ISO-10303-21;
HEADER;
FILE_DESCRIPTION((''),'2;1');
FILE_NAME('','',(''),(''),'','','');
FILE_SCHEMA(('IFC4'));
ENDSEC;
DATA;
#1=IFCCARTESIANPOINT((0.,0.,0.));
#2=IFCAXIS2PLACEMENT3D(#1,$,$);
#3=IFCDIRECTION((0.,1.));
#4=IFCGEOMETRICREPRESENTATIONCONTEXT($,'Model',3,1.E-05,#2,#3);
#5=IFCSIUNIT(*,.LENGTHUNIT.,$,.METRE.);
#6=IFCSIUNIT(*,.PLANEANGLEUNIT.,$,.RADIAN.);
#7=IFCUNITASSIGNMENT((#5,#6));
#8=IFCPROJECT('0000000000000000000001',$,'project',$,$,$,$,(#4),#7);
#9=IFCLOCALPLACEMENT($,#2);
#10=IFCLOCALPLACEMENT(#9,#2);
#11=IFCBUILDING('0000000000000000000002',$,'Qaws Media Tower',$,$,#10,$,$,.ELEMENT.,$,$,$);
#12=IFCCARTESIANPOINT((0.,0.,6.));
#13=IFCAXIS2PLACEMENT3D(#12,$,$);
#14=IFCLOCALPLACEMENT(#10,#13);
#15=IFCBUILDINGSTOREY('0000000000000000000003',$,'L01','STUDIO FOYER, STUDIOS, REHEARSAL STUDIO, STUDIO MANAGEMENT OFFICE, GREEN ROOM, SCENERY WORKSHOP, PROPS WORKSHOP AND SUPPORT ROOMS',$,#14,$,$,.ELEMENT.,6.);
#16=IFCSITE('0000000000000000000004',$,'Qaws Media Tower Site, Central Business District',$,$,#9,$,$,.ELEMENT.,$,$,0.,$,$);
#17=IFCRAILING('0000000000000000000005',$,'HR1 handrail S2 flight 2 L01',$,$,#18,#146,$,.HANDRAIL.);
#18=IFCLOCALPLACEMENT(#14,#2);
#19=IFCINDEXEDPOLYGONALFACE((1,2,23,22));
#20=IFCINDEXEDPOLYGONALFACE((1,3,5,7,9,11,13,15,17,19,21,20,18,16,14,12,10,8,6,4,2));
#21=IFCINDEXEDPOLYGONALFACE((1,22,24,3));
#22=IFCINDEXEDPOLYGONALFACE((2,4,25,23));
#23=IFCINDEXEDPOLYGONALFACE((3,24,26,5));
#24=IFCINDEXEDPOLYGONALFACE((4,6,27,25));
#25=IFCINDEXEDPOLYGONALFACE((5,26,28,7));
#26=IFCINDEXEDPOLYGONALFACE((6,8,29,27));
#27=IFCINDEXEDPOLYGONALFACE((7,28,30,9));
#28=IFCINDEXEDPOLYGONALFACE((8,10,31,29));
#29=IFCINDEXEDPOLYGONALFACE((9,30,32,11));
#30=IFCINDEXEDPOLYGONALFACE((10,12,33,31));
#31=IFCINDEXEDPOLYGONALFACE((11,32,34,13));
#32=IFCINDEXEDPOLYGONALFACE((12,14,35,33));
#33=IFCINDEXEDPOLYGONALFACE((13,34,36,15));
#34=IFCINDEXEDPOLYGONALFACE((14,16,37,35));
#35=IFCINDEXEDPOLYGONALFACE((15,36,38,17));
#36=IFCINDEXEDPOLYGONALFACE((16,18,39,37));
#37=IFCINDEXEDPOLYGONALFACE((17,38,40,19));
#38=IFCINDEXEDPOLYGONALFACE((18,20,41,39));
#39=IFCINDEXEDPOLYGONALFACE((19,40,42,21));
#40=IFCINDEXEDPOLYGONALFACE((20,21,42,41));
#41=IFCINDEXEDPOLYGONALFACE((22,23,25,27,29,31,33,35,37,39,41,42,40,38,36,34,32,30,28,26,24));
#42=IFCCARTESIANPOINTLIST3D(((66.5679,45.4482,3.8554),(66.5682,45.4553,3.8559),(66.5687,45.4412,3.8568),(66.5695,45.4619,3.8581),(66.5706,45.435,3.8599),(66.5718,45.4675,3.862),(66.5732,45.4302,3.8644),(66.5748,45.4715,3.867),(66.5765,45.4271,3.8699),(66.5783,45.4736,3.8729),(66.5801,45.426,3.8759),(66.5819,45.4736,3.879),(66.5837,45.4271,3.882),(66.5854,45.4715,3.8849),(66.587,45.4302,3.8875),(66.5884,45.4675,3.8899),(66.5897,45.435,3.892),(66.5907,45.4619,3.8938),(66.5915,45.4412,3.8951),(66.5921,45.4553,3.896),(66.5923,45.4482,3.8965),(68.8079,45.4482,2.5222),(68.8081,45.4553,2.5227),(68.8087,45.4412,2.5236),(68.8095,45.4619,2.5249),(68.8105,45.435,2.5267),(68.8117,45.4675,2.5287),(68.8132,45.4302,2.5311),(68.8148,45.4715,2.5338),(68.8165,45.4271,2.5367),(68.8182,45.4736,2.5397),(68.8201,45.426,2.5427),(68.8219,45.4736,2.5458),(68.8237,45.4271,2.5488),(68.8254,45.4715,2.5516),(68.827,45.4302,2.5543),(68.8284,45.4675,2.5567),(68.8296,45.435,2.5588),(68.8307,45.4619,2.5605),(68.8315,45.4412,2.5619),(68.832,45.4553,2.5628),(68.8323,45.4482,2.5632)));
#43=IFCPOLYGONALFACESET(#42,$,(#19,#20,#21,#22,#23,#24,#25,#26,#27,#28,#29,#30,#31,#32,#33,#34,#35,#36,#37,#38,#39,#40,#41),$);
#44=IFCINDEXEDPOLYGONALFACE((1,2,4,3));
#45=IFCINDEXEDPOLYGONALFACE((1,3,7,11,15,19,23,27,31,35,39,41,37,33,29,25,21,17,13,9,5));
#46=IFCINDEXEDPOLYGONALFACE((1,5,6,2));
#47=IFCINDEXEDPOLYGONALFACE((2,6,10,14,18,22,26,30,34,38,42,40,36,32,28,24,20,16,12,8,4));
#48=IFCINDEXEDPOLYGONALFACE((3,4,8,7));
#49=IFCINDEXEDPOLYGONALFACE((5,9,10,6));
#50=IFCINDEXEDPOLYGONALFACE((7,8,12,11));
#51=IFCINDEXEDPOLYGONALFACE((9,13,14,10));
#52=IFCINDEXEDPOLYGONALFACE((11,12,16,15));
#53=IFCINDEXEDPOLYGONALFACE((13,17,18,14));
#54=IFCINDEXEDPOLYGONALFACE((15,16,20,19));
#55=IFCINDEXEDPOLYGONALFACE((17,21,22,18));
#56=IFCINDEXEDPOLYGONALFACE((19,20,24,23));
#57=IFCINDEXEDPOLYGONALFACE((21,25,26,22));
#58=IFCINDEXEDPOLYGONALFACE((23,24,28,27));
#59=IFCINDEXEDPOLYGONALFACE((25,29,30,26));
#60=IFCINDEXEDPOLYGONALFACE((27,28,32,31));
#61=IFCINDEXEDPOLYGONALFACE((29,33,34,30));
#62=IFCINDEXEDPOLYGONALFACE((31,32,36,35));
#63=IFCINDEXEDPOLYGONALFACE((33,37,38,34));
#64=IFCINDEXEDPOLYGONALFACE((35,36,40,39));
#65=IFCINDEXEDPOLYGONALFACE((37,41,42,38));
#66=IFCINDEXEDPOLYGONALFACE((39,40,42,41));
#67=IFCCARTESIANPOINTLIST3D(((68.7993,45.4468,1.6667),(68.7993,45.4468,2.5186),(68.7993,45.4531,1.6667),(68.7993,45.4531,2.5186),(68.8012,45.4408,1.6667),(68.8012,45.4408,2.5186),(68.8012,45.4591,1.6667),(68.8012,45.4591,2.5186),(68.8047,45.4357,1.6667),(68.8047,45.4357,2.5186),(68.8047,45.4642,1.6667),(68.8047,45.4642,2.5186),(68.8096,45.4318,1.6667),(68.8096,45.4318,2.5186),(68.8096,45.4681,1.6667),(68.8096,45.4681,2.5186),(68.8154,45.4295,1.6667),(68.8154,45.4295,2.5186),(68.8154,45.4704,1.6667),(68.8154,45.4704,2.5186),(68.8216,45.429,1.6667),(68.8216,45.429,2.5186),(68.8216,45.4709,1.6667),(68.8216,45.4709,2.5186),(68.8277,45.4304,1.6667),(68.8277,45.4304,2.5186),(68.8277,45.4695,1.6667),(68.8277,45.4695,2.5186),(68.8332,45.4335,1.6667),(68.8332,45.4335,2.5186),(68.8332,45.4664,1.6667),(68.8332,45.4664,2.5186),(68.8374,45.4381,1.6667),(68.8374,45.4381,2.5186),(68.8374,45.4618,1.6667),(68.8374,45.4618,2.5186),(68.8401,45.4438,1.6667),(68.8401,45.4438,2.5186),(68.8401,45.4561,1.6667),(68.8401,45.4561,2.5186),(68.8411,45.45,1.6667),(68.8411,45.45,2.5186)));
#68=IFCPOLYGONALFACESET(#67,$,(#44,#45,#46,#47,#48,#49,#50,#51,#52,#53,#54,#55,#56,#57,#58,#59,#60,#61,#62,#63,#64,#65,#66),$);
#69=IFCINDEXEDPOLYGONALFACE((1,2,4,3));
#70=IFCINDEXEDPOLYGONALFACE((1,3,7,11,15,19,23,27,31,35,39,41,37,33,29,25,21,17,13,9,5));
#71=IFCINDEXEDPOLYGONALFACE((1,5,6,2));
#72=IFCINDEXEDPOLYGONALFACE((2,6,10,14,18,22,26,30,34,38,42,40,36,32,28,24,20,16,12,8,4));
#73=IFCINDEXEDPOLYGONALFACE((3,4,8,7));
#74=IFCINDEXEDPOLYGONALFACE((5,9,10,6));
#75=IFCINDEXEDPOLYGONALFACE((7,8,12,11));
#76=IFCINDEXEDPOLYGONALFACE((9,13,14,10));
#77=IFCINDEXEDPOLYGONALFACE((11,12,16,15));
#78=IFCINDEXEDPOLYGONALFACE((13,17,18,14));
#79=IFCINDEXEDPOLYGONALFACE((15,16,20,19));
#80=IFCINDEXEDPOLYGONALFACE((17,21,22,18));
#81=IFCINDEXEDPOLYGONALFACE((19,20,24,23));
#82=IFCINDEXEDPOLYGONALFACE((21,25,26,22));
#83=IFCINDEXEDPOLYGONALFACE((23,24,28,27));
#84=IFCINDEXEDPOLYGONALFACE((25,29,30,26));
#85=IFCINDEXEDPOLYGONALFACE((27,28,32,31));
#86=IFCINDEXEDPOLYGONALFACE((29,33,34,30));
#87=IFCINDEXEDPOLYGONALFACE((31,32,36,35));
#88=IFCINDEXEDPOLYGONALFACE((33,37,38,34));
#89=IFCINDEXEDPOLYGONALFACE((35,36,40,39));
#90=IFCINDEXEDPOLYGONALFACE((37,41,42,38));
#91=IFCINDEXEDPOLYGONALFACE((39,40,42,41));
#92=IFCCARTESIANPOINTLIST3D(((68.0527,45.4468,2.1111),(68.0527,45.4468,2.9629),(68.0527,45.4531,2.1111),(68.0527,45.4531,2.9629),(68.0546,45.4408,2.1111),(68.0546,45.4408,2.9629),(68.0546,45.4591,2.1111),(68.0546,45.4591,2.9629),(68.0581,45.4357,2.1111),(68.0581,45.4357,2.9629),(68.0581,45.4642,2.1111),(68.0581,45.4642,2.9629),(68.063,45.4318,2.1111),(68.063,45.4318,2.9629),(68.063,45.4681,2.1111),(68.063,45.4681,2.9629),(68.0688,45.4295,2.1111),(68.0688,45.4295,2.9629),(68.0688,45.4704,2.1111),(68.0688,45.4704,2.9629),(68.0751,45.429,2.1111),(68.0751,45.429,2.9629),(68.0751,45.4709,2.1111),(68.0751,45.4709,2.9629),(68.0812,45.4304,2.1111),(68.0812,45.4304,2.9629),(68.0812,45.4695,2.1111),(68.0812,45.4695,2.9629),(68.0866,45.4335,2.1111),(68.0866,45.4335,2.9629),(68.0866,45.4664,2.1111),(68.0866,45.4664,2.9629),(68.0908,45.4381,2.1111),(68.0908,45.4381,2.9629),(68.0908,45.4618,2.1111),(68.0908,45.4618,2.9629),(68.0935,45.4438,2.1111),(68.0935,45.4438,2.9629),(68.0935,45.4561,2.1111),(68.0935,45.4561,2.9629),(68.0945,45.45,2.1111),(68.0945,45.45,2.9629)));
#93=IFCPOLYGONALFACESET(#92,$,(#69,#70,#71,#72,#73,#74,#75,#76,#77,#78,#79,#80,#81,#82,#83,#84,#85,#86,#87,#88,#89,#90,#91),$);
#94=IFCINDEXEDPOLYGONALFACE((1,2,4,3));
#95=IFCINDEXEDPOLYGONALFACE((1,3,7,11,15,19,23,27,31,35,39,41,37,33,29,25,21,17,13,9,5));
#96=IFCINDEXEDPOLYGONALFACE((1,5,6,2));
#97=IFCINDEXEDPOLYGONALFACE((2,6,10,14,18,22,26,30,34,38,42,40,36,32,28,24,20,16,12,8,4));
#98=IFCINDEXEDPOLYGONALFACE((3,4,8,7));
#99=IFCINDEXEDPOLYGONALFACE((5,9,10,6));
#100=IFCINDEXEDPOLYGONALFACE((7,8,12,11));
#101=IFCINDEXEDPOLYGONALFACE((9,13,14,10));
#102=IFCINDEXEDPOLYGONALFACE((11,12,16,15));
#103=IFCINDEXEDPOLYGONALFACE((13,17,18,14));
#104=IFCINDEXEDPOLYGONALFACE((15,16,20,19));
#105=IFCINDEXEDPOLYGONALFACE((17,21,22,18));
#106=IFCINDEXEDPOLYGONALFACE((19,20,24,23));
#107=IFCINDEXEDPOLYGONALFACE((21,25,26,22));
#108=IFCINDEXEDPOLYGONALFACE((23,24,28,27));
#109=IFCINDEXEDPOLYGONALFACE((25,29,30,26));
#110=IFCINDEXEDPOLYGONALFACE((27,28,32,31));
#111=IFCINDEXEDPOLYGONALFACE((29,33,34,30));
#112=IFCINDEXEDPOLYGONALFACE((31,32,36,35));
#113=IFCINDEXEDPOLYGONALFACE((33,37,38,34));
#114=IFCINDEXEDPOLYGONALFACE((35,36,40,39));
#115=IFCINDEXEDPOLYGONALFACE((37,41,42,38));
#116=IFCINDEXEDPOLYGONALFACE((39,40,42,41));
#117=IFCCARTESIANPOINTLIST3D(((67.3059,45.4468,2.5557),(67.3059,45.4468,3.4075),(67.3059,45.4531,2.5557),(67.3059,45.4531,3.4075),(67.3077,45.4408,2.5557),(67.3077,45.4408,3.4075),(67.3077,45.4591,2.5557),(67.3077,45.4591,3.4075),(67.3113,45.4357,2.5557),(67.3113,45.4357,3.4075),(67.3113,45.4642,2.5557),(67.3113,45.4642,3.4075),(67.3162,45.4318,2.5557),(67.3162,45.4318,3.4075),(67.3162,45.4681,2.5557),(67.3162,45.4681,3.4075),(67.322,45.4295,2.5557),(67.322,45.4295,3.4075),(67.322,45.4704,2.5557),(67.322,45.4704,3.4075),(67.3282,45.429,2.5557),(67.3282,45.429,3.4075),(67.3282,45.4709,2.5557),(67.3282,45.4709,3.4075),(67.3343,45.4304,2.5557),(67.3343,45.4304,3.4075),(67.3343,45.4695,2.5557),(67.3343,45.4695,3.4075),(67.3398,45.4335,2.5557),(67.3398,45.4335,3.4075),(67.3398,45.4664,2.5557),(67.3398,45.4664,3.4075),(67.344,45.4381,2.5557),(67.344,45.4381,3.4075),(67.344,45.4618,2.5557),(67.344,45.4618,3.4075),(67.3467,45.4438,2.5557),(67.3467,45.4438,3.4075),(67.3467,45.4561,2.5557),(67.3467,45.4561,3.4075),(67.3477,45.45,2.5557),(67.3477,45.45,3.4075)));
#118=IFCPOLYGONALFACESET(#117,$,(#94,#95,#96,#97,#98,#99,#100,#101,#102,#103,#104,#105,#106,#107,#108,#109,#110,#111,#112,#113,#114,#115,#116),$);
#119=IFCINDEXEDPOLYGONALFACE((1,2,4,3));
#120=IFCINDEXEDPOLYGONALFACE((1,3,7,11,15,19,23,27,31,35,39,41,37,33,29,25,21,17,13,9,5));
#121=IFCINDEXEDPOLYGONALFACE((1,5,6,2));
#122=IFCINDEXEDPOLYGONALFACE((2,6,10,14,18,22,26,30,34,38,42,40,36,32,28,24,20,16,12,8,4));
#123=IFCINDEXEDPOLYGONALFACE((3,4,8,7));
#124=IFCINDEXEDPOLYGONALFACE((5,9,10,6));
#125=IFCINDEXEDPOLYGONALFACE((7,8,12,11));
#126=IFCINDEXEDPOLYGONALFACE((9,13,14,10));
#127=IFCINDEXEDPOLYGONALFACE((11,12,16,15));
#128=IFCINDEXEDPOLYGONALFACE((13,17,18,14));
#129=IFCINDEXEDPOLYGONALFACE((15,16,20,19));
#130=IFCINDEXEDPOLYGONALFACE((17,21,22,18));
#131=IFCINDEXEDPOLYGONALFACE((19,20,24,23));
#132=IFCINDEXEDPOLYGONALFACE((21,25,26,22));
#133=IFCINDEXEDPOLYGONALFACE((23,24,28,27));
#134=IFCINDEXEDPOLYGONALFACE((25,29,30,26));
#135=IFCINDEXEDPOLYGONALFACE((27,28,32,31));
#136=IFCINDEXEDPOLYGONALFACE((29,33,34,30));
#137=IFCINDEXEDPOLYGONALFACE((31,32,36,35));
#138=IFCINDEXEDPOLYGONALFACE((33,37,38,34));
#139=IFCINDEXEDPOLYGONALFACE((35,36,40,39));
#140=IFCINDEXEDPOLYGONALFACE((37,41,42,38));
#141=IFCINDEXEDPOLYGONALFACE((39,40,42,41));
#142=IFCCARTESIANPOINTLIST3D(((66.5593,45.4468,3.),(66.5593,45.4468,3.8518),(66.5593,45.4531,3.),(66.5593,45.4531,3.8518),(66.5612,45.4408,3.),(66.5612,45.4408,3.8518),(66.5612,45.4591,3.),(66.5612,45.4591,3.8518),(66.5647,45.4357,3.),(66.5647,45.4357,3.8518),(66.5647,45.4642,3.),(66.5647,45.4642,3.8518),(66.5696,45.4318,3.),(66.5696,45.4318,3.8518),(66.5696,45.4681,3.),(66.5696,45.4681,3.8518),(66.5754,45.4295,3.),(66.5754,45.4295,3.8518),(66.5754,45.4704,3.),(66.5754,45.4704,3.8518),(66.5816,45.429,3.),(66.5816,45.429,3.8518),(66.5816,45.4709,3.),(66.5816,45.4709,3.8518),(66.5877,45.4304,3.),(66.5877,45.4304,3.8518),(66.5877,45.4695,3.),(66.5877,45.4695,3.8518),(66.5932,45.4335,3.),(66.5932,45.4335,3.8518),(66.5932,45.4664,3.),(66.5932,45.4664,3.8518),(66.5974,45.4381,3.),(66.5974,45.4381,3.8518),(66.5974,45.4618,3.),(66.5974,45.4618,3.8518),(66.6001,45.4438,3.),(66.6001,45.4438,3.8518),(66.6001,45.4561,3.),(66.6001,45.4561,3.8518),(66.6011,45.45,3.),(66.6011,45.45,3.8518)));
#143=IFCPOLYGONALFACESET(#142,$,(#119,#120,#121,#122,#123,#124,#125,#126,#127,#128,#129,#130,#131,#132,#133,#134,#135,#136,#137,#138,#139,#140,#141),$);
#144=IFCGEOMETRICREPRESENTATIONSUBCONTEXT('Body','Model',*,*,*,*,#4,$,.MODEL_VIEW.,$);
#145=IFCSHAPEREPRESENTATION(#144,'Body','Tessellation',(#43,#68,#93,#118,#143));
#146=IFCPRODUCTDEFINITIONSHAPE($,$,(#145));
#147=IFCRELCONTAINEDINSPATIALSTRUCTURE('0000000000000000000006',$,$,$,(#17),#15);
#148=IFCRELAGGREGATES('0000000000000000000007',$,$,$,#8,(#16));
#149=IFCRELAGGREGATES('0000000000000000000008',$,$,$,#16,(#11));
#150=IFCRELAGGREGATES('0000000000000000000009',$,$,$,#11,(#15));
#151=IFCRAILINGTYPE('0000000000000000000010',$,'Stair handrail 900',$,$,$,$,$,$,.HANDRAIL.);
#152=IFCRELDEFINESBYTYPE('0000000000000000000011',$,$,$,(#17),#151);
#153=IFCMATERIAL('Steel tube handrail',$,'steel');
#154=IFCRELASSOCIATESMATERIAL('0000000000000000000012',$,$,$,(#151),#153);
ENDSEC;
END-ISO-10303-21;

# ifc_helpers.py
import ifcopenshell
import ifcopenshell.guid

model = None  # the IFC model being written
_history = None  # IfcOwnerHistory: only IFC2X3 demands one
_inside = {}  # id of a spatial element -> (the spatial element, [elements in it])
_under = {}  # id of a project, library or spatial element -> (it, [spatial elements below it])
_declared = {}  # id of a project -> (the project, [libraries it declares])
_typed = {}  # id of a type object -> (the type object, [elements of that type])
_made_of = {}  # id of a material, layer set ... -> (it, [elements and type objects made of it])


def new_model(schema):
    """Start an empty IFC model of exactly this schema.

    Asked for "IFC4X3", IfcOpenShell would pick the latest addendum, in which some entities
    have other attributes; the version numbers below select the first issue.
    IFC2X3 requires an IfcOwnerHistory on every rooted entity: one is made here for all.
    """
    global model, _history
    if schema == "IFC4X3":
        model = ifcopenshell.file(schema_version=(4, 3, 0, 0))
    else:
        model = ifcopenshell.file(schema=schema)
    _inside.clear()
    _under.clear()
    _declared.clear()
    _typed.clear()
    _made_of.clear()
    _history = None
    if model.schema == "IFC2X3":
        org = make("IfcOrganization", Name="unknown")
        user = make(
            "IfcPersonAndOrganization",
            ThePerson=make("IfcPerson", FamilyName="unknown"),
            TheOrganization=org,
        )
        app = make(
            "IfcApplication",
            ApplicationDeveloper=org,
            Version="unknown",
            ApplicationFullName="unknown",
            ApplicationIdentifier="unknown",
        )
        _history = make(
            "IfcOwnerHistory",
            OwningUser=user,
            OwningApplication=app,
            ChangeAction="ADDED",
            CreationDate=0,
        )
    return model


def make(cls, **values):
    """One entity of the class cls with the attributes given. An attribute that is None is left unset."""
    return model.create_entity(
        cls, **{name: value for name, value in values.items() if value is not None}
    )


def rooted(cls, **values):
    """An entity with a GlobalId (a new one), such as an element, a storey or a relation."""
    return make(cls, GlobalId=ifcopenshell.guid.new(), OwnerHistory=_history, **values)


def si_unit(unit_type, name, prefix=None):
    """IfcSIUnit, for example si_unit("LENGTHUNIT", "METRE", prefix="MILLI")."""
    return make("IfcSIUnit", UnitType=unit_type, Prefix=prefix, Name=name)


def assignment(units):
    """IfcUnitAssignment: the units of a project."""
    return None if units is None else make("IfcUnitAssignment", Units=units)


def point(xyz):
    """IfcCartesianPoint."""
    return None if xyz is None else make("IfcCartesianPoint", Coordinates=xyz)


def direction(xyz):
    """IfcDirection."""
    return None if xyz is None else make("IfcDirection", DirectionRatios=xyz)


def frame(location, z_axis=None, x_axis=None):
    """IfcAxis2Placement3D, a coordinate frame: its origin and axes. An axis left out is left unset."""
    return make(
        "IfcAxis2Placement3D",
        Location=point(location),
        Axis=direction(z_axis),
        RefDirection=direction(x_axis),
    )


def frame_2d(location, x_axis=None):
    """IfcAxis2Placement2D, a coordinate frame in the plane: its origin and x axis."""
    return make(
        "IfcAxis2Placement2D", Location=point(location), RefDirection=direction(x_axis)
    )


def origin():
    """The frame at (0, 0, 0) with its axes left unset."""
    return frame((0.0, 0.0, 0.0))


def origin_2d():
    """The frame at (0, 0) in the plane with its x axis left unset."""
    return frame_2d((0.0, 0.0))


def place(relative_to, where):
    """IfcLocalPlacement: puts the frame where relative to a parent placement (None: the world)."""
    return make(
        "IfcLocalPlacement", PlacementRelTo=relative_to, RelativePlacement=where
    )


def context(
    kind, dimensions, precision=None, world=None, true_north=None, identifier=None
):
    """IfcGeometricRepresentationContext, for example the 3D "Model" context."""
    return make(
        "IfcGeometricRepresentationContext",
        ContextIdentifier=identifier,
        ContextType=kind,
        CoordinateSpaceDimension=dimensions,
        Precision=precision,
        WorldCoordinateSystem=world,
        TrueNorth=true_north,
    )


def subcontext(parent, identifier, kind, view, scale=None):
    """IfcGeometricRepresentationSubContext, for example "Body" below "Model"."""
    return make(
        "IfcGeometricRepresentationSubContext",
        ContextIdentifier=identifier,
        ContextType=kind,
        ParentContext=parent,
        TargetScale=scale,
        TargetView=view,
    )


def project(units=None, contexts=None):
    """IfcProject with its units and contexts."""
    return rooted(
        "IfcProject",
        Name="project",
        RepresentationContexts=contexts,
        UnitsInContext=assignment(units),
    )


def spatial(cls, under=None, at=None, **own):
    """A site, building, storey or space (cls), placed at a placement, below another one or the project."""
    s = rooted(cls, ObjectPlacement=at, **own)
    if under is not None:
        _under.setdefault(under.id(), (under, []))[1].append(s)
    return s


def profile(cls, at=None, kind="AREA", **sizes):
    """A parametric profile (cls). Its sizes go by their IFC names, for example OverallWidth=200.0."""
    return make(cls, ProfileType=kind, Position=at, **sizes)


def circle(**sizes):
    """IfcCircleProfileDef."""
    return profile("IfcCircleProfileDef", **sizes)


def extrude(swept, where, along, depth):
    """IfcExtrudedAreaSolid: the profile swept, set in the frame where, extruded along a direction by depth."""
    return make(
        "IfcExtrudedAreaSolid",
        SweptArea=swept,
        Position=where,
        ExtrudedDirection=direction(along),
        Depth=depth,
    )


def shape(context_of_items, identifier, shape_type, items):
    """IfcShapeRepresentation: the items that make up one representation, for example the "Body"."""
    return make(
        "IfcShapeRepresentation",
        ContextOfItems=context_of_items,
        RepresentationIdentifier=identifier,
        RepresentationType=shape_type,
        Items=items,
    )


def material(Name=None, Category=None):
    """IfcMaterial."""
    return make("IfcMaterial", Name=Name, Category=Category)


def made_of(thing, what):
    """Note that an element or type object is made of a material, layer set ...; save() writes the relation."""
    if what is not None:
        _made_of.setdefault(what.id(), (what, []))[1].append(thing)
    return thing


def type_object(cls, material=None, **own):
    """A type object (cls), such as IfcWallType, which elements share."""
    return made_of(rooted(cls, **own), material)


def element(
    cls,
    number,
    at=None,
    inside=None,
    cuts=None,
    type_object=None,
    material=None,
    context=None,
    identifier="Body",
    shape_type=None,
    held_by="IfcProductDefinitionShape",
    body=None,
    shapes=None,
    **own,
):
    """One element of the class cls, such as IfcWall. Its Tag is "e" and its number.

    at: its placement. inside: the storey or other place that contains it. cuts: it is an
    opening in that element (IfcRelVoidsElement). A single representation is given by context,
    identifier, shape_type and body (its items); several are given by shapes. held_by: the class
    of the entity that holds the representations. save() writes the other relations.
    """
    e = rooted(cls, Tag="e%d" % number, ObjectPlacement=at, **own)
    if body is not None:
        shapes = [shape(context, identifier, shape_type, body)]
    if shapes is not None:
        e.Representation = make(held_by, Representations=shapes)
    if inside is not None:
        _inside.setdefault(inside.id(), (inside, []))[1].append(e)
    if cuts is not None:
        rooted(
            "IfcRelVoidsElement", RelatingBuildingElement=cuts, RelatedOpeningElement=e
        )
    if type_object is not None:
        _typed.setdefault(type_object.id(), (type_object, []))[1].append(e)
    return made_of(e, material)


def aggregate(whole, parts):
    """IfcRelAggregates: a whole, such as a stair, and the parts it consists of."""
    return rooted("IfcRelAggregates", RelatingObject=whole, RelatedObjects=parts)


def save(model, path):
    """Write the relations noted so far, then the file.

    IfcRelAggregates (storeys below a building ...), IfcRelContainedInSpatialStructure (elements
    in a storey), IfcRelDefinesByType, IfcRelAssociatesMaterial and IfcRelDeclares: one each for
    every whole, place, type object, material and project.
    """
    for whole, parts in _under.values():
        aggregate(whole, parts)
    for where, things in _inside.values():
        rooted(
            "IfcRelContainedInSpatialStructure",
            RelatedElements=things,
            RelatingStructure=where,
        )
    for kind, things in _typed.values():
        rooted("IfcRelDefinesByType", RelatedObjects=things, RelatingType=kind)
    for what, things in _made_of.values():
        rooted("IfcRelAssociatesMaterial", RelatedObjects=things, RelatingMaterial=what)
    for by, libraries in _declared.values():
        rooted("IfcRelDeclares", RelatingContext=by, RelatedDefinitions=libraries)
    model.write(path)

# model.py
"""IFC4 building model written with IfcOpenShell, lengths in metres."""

from ifc_helpers import new_model, si_unit, direction, frame, origin, origin_2d, place, context, subcontext, project, spatial, circle, extrude, material, type_object, element, save


model = new_model("IFC4")

# Units and contexts
model_context = context("Model", 3, precision=1e-05, world=origin(), true_north=direction((0.0, 1.0)))
body_context = subcontext(model_context, "Body", "Model", "MODEL_VIEW")
ifc_project = project(units=[si_unit("LENGTHUNIT", "METRE"), si_unit("PLANEANGLEUNIT", "RADIAN")], contexts=[model_context])

# Site, building, storey
site_placement = place(None, origin())
site = spatial("IfcSite", under=ifc_project, at=site_placement, Name="Qaws Media Tower Site, Central Business District", CompositionType="ELEMENT", RefElevation=0.0)
building_placement = place(site_placement, origin())
building = spatial("IfcBuilding", under=site, at=building_placement, Name="Qaws Media Tower", CompositionType="ELEMENT")
storey_placement = place(building_placement, frame((0.0, 0.0, 6.0)))
storey = spatial("IfcBuildingStorey", under=building, at=storey_placement, Name="L01", Description="STUDIO FOYER, STUDIOS, REHEARSAL STUDIO, STUDIO MANAGEMENT OFFICE, GREEN ROOM, SCENERY WORKSHOP, PROPS WORKSHOP AND SUPPORT ROOMS", CompositionType="ELEMENT", Elevation=6.0)

# Railing
ifc_material_1 = material(Name="Steel tube handrail", Category="steel")
railing_type = type_object("IfcRailingType", Name="Stair handrail 900", PredefinedType="HANDRAIL", material=ifc_material_1)
for number, where, name in (
    (1, (68.8201, 45.45, 1.6667), "HR1 handrail S2 flight 2 L01"),
):
    element("IfcRailing", number, at=place(storey_placement, frame(where)), inside=storey, type_object=railing_type, Name=name, PredefinedType="HANDRAIL", context=body_context, shape_type="SweptSolid", body=[
        extrude(circle(Radius=0.0239, at=origin_2d()), frame((0.0, 0.0, 0.876), z_axis=(-0.859306, 0.0, 0.511462), x_axis=(0.0, -1.0, 0.0)), (0.0, 0.0, 1.0), 2.6067),
        extrude(circle(Radius=0.021, at=origin_2d()), origin(), (0.0, 0.0, 1.0), 0.8518),
        extrude(circle(Radius=0.021, at=origin_2d()), frame((-0.7466, 0.0, 0.4443)), (0.0, 0.0, 1.0), 0.8518),
        extrude(circle(Radius=0.021, at=origin_2d()), frame((-1.4934, 0.0, 0.8889)), (0.0, 0.0, 1.0), 0.8518),
        extrude(circle(Radius=0.021, at=origin_2d()), frame((-2.24, 0.0, 1.3333)), (0.0, 0.0, 1.0), 0.8518),
    ])

save(model, "model.ifc")
